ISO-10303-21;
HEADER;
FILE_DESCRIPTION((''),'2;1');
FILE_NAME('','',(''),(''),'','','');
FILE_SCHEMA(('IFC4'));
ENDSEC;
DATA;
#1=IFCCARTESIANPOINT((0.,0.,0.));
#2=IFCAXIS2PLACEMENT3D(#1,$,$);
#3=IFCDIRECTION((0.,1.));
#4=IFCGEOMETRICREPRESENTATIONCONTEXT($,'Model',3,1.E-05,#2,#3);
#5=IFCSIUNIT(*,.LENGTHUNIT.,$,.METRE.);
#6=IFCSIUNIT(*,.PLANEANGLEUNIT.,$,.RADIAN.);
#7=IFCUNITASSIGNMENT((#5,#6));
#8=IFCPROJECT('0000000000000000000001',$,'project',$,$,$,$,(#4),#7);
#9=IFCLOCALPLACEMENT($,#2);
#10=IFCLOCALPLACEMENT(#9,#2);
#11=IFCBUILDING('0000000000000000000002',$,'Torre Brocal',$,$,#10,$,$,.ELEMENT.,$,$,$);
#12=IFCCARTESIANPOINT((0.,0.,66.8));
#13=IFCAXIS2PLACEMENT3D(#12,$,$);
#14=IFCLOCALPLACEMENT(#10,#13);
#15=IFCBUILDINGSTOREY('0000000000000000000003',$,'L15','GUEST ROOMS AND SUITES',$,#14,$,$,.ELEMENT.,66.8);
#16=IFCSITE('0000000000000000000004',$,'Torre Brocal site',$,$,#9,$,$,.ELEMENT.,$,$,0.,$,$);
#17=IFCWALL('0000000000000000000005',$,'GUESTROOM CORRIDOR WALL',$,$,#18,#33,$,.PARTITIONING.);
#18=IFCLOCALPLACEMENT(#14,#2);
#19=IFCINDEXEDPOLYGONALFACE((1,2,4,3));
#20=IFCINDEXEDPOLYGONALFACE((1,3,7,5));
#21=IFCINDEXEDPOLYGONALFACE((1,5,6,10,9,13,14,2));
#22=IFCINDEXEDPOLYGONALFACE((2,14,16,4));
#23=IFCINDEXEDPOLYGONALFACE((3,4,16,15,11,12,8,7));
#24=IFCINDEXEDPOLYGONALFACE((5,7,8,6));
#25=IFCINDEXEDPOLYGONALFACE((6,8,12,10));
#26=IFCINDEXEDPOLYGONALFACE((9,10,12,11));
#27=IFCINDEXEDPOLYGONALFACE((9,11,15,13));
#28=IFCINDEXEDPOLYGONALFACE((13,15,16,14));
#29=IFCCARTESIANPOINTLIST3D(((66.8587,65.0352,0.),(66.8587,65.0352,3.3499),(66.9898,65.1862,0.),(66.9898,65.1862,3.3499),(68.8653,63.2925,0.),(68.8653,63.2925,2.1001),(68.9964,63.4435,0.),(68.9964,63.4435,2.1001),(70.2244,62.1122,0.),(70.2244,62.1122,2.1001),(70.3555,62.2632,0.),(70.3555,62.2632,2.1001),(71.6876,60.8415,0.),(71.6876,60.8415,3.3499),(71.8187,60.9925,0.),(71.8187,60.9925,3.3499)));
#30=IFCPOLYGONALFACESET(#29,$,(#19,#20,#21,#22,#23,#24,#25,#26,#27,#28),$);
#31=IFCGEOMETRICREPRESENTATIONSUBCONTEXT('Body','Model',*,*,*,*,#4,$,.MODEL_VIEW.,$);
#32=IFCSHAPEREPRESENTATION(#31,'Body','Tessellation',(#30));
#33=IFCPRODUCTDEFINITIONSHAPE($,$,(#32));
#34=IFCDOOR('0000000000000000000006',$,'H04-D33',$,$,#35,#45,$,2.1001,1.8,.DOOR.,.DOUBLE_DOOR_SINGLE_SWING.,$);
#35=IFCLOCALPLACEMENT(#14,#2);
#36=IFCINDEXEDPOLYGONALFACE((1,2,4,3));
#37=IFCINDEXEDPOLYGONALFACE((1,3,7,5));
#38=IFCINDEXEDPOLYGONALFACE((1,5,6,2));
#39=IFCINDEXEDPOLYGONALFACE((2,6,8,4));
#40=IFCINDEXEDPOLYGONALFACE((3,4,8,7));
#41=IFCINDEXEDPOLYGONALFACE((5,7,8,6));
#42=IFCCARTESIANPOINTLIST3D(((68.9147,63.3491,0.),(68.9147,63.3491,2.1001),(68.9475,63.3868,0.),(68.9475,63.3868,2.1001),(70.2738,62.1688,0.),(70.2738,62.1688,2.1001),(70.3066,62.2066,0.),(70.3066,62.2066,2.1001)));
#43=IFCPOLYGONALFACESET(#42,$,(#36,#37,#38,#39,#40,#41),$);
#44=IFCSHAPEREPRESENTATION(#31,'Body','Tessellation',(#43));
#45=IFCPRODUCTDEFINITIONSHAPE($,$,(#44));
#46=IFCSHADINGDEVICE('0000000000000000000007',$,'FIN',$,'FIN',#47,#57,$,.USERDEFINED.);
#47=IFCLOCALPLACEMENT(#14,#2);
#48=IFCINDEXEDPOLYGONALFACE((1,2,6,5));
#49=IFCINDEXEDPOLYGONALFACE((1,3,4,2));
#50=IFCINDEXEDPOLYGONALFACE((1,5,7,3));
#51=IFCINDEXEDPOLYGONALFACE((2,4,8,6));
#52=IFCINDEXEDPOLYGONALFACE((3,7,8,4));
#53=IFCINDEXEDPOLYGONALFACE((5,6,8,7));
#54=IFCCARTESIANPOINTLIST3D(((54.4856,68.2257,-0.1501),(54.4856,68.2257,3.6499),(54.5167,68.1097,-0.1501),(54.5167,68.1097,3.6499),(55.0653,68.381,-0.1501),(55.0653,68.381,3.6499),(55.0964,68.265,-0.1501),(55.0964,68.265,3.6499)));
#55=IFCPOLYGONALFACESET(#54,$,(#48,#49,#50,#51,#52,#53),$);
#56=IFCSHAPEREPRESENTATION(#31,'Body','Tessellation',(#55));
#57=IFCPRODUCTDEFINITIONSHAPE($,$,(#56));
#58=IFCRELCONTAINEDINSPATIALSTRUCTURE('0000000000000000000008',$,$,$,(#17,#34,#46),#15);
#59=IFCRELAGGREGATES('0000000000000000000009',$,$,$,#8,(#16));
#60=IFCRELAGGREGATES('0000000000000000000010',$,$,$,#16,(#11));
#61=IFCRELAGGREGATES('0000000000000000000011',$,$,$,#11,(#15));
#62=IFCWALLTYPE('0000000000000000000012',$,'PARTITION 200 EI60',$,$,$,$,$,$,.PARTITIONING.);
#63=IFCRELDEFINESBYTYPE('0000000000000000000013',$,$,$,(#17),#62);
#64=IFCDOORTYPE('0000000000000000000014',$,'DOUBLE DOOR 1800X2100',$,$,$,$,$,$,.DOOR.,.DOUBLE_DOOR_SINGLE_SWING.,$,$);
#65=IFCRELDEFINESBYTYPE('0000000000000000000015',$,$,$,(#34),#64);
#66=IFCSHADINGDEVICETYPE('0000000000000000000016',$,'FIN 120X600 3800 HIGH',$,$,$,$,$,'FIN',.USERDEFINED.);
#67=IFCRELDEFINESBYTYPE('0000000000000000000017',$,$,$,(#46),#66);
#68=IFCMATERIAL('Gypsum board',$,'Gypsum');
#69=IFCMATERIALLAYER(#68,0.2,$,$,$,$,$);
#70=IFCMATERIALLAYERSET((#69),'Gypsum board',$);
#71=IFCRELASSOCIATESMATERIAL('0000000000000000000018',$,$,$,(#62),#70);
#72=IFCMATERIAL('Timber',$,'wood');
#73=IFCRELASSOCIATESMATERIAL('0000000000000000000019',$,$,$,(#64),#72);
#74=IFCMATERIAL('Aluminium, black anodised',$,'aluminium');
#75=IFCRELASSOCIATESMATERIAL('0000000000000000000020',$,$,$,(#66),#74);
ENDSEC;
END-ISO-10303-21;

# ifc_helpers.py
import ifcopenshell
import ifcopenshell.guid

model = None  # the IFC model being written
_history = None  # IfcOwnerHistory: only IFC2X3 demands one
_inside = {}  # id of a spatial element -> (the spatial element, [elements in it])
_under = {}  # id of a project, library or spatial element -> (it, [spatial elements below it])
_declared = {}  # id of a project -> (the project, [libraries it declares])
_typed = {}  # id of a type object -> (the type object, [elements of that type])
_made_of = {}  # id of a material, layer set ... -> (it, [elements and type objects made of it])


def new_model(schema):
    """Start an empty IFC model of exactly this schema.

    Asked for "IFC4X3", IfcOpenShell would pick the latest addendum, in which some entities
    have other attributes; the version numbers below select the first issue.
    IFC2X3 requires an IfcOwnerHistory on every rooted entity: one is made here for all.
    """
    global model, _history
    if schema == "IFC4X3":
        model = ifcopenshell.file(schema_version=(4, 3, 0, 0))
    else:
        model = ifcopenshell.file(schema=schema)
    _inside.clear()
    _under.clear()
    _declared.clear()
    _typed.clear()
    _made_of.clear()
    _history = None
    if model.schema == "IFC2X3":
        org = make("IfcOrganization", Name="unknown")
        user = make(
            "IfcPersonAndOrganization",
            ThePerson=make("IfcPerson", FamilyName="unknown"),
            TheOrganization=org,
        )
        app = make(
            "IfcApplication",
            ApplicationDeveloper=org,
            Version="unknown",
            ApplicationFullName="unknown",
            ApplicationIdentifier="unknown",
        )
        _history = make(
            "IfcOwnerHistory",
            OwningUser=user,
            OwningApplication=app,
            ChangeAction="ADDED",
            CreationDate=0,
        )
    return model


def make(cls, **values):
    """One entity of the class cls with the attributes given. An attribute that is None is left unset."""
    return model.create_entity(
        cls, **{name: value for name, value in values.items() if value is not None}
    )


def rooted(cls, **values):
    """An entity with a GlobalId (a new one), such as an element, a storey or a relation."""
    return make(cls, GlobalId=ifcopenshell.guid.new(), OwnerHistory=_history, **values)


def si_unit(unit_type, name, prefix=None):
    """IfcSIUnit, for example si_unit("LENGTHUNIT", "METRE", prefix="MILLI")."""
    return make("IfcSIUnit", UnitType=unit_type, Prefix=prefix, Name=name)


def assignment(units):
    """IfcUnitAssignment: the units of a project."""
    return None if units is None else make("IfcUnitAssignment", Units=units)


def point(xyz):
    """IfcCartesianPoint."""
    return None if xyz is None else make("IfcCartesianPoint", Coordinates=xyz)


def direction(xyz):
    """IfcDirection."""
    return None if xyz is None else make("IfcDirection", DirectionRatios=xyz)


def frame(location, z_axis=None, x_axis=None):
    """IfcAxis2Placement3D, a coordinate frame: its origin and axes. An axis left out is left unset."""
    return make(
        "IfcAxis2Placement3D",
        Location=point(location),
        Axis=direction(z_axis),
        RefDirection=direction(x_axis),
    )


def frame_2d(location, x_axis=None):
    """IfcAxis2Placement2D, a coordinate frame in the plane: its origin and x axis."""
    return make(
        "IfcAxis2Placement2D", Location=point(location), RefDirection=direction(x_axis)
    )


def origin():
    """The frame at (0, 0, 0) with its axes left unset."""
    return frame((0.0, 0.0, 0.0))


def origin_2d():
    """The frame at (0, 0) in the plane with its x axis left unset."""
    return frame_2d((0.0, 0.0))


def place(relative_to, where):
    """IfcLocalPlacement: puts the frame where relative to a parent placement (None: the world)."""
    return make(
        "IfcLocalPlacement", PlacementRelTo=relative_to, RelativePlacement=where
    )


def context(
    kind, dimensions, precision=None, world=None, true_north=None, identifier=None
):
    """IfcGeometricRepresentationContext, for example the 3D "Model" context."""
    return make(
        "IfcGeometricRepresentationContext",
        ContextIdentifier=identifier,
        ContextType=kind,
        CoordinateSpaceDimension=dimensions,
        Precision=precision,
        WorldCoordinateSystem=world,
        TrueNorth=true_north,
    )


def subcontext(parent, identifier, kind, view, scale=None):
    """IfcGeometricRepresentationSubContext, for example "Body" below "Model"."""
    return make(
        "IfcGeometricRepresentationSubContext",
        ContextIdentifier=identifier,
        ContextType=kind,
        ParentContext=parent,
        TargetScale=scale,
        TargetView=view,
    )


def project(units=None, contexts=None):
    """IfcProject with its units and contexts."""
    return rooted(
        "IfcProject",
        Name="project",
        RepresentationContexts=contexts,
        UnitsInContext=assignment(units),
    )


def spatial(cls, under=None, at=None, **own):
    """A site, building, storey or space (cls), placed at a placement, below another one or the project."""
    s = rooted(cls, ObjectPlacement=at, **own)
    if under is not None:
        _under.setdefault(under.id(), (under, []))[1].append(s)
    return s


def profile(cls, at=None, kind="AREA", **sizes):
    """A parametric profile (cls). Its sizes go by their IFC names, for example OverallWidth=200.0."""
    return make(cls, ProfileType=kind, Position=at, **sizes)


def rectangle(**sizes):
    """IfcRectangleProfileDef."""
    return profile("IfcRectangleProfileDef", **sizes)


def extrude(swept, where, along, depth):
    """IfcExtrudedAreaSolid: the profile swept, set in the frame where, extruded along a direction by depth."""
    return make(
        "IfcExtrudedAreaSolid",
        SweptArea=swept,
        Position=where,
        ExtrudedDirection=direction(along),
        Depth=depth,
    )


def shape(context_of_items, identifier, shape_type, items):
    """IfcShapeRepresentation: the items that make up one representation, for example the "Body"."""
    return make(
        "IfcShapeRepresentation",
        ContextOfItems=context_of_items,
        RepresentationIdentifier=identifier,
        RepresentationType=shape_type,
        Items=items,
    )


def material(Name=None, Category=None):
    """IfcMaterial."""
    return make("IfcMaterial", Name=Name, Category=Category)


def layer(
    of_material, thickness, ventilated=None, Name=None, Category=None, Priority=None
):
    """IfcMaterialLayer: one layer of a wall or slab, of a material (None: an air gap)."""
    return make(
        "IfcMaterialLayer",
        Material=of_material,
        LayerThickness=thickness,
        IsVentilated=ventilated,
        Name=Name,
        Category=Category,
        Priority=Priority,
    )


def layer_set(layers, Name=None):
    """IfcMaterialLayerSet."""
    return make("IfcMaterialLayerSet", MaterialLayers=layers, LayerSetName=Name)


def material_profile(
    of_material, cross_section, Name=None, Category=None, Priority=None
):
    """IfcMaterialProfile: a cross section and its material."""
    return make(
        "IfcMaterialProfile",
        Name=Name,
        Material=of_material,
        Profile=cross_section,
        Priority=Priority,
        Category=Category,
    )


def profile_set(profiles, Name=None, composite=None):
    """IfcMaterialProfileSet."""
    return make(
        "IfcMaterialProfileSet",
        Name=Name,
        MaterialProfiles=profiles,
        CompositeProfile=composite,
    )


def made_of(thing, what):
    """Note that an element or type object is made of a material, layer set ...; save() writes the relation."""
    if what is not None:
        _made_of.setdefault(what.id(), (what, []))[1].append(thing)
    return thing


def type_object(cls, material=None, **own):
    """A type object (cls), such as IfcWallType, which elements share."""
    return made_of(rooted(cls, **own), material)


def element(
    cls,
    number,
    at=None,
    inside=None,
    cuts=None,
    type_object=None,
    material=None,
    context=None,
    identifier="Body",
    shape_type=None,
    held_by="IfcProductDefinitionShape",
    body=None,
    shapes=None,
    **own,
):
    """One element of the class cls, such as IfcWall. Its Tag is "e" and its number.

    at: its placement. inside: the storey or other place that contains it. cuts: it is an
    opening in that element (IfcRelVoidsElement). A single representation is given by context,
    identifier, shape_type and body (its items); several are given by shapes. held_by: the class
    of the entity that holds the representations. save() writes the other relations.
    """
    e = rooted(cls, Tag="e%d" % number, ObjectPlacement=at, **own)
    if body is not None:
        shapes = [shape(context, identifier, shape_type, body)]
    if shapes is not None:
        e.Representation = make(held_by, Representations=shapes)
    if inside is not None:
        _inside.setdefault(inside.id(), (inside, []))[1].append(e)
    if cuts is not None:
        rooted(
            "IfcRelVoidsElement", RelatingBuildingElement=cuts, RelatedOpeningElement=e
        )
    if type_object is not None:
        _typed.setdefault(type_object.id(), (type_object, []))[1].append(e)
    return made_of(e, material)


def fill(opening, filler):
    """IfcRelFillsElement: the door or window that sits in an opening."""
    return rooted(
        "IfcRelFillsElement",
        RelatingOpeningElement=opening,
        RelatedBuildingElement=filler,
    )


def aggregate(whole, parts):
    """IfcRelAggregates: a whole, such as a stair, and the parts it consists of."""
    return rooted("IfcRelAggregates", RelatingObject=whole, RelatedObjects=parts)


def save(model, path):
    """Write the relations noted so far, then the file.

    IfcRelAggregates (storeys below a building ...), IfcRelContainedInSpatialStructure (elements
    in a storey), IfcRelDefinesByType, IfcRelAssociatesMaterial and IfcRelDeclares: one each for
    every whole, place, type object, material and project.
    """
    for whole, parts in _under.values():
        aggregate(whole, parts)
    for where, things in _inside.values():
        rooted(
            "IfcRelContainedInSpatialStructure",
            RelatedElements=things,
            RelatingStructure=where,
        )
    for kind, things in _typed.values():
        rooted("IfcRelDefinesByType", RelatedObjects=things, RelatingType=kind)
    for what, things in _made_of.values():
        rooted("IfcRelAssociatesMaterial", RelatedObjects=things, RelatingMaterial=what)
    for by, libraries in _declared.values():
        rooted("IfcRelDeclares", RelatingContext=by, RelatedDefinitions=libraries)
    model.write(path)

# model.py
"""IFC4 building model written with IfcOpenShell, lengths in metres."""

from ifc_helpers import new_model, si_unit, direction, frame, frame_2d, origin, origin_2d, place, context, subcontext, project, spatial, rectangle, extrude, material, layer, layer_set, material_profile, profile_set, type_object, element, fill, save


model = new_model("IFC4")

# Units and contexts
model_context = context("Model", 3, precision=1e-05, world=origin(), true_north=direction((0.0, 1.0)))
body_context = subcontext(model_context, "Body", "Model", "MODEL_VIEW")
ifc_project = project(units=[si_unit("LENGTHUNIT", "METRE"), si_unit("PLANEANGLEUNIT", "RADIAN")], contexts=[model_context])

# Site, building, storey
site_placement = place(None, origin())
site = spatial("IfcSite", under=ifc_project, at=site_placement, Name="Torre Brocal site", CompositionType="ELEMENT", RefElevation=0.0)
building_placement = place(site_placement, origin())
building = spatial("IfcBuilding", under=site, at=building_placement, Name="Torre Brocal", CompositionType="ELEMENT")
storey_placement = place(building_placement, frame((0.0, 0.0, 66.8)))
storey = spatial("IfcBuildingStorey", under=building, at=storey_placement, Name="L15", Description="GUEST ROOMS AND SUITES", CompositionType="ELEMENT", Elevation=66.8)

# Shared definitions
ifc_material_1 = material(Name="Gypsum board", Category="Gypsum")
ifc_layer_1 = layer(ifc_material_1, 0.2)
ifc_layer_set_1 = layer_set([ifc_layer_1], Name="Gypsum board")
wall_type_1 = type_object("IfcWallType", Name="PARTITION 200 EI60", PredefinedType="PARTITIONING", material=ifc_layer_set_1)

# Wall, opening, door
wall_1_placement = place(storey_placement, frame((66.9243, 65.1106, 0.0), z_axis=(0.0, 0.0, 1.0), x_axis=(0.755024, -0.655698, 0.0)))
wall_1 = element("IfcWall", 1, at=wall_1_placement, inside=storey, type_object=wall_type_1, Name="GUESTROOM CORRIDOR WALL", PredefinedType="PARTITIONING", context=body_context, shape_type="SweptSolid", body=[
    extrude(rectangle(XDim=6.3958, YDim=0.2, at=frame_2d((3.1978, 0.0))), origin(), (0.0, 0.0, 1.0), 3.3499),
])
opening_1_placement = place(wall_1_placement, frame((2.6577, 0.0, 0.0)))
opening_1 = element("IfcOpeningElement", 2, at=opening_1_placement, cuts=wall_1, PredefinedType="OPENING", context=body_context, shape_type="SweptSolid", body=[
    extrude(rectangle(XDim=1.8, YDim=2.1001, at=frame_2d((0.8999, 1.05))), frame((0.0, 0.1099, 0.0), z_axis=(0.0, -1.0, 0.0), x_axis=(1.0, 0.0, 0.0)), (0.0, 0.0, 1.0), 0.22),
])
ifc_material_2 = material(Name="Timber", Category="wood")
door_type_1 = type_object("IfcDoorType", Name="DOUBLE DOOR 1800X2100", OperationType="DOUBLE_DOOR_SINGLE_SWING", PredefinedType="DOOR", material=ifc_material_2)
door_1_placement = place(opening_1_placement, frame((1.8, 0.0, 0.0), z_axis=(0.0, 0.0, 1.0), x_axis=(-1.0, 0.0, 0.0)))
door_1 = element("IfcDoor", 3, at=door_1_placement, inside=storey, type_object=door_type_1, Name="H04-D33", OperationType="DOUBLE_DOOR_SINGLE_SWING", OverallHeight=2.1001, OverallWidth=1.8, PredefinedType="DOOR", context=body_context, shape_type="SweptSolid", body=[
    extrude(rectangle(XDim=1.8, YDim=2.1001, at=frame_2d((0.8999, 1.05))), frame((0.0, 0.0249, 0.0), z_axis=(0.0, -1.0, 0.0), x_axis=(1.0, 0.0, 0.0)), (0.0, 0.0, 1.0), 0.05),
])
fill(opening_1, door_1)

# Shading device
ifc_material_3 = material(Name="Aluminium, black anodised", Category="aluminium")
ifc_material_profile_1 = material_profile(ifc_material_3, rectangle(XDim=0.1201, YDim=0.6001, at=origin_2d()), Name="FIN 120X600 3800 HIGH")
ifc_profile_set_1 = profile_set([ifc_material_profile_1], Name="Aluminium, black anodised")
shading_device_type = type_object("IfcShadingDeviceType", Name="FIN 120X600 3800 HIGH", ElementType="FIN", PredefinedType="USERDEFINED", material=ifc_profile_set_1)
shading_device_placement = place(storey_placement, frame((54.791, 68.2454, -0.1501), z_axis=(0.0, 0.0, 1.0), x_axis=(0.258819, -0.965926, 0.0)))
element("IfcShadingDevice", 4, at=shading_device_placement, inside=storey, type_object=shading_device_type, Name="FIN", ObjectType="FIN", PredefinedType="USERDEFINED", context=body_context, shape_type="SweptSolid", body=[
    extrude(rectangle(XDim=0.1201, YDim=0.6001, at=origin_2d()), origin(), (0.0, 0.0, 1.0), 3.8),
])

save(model, "model.ifc")
